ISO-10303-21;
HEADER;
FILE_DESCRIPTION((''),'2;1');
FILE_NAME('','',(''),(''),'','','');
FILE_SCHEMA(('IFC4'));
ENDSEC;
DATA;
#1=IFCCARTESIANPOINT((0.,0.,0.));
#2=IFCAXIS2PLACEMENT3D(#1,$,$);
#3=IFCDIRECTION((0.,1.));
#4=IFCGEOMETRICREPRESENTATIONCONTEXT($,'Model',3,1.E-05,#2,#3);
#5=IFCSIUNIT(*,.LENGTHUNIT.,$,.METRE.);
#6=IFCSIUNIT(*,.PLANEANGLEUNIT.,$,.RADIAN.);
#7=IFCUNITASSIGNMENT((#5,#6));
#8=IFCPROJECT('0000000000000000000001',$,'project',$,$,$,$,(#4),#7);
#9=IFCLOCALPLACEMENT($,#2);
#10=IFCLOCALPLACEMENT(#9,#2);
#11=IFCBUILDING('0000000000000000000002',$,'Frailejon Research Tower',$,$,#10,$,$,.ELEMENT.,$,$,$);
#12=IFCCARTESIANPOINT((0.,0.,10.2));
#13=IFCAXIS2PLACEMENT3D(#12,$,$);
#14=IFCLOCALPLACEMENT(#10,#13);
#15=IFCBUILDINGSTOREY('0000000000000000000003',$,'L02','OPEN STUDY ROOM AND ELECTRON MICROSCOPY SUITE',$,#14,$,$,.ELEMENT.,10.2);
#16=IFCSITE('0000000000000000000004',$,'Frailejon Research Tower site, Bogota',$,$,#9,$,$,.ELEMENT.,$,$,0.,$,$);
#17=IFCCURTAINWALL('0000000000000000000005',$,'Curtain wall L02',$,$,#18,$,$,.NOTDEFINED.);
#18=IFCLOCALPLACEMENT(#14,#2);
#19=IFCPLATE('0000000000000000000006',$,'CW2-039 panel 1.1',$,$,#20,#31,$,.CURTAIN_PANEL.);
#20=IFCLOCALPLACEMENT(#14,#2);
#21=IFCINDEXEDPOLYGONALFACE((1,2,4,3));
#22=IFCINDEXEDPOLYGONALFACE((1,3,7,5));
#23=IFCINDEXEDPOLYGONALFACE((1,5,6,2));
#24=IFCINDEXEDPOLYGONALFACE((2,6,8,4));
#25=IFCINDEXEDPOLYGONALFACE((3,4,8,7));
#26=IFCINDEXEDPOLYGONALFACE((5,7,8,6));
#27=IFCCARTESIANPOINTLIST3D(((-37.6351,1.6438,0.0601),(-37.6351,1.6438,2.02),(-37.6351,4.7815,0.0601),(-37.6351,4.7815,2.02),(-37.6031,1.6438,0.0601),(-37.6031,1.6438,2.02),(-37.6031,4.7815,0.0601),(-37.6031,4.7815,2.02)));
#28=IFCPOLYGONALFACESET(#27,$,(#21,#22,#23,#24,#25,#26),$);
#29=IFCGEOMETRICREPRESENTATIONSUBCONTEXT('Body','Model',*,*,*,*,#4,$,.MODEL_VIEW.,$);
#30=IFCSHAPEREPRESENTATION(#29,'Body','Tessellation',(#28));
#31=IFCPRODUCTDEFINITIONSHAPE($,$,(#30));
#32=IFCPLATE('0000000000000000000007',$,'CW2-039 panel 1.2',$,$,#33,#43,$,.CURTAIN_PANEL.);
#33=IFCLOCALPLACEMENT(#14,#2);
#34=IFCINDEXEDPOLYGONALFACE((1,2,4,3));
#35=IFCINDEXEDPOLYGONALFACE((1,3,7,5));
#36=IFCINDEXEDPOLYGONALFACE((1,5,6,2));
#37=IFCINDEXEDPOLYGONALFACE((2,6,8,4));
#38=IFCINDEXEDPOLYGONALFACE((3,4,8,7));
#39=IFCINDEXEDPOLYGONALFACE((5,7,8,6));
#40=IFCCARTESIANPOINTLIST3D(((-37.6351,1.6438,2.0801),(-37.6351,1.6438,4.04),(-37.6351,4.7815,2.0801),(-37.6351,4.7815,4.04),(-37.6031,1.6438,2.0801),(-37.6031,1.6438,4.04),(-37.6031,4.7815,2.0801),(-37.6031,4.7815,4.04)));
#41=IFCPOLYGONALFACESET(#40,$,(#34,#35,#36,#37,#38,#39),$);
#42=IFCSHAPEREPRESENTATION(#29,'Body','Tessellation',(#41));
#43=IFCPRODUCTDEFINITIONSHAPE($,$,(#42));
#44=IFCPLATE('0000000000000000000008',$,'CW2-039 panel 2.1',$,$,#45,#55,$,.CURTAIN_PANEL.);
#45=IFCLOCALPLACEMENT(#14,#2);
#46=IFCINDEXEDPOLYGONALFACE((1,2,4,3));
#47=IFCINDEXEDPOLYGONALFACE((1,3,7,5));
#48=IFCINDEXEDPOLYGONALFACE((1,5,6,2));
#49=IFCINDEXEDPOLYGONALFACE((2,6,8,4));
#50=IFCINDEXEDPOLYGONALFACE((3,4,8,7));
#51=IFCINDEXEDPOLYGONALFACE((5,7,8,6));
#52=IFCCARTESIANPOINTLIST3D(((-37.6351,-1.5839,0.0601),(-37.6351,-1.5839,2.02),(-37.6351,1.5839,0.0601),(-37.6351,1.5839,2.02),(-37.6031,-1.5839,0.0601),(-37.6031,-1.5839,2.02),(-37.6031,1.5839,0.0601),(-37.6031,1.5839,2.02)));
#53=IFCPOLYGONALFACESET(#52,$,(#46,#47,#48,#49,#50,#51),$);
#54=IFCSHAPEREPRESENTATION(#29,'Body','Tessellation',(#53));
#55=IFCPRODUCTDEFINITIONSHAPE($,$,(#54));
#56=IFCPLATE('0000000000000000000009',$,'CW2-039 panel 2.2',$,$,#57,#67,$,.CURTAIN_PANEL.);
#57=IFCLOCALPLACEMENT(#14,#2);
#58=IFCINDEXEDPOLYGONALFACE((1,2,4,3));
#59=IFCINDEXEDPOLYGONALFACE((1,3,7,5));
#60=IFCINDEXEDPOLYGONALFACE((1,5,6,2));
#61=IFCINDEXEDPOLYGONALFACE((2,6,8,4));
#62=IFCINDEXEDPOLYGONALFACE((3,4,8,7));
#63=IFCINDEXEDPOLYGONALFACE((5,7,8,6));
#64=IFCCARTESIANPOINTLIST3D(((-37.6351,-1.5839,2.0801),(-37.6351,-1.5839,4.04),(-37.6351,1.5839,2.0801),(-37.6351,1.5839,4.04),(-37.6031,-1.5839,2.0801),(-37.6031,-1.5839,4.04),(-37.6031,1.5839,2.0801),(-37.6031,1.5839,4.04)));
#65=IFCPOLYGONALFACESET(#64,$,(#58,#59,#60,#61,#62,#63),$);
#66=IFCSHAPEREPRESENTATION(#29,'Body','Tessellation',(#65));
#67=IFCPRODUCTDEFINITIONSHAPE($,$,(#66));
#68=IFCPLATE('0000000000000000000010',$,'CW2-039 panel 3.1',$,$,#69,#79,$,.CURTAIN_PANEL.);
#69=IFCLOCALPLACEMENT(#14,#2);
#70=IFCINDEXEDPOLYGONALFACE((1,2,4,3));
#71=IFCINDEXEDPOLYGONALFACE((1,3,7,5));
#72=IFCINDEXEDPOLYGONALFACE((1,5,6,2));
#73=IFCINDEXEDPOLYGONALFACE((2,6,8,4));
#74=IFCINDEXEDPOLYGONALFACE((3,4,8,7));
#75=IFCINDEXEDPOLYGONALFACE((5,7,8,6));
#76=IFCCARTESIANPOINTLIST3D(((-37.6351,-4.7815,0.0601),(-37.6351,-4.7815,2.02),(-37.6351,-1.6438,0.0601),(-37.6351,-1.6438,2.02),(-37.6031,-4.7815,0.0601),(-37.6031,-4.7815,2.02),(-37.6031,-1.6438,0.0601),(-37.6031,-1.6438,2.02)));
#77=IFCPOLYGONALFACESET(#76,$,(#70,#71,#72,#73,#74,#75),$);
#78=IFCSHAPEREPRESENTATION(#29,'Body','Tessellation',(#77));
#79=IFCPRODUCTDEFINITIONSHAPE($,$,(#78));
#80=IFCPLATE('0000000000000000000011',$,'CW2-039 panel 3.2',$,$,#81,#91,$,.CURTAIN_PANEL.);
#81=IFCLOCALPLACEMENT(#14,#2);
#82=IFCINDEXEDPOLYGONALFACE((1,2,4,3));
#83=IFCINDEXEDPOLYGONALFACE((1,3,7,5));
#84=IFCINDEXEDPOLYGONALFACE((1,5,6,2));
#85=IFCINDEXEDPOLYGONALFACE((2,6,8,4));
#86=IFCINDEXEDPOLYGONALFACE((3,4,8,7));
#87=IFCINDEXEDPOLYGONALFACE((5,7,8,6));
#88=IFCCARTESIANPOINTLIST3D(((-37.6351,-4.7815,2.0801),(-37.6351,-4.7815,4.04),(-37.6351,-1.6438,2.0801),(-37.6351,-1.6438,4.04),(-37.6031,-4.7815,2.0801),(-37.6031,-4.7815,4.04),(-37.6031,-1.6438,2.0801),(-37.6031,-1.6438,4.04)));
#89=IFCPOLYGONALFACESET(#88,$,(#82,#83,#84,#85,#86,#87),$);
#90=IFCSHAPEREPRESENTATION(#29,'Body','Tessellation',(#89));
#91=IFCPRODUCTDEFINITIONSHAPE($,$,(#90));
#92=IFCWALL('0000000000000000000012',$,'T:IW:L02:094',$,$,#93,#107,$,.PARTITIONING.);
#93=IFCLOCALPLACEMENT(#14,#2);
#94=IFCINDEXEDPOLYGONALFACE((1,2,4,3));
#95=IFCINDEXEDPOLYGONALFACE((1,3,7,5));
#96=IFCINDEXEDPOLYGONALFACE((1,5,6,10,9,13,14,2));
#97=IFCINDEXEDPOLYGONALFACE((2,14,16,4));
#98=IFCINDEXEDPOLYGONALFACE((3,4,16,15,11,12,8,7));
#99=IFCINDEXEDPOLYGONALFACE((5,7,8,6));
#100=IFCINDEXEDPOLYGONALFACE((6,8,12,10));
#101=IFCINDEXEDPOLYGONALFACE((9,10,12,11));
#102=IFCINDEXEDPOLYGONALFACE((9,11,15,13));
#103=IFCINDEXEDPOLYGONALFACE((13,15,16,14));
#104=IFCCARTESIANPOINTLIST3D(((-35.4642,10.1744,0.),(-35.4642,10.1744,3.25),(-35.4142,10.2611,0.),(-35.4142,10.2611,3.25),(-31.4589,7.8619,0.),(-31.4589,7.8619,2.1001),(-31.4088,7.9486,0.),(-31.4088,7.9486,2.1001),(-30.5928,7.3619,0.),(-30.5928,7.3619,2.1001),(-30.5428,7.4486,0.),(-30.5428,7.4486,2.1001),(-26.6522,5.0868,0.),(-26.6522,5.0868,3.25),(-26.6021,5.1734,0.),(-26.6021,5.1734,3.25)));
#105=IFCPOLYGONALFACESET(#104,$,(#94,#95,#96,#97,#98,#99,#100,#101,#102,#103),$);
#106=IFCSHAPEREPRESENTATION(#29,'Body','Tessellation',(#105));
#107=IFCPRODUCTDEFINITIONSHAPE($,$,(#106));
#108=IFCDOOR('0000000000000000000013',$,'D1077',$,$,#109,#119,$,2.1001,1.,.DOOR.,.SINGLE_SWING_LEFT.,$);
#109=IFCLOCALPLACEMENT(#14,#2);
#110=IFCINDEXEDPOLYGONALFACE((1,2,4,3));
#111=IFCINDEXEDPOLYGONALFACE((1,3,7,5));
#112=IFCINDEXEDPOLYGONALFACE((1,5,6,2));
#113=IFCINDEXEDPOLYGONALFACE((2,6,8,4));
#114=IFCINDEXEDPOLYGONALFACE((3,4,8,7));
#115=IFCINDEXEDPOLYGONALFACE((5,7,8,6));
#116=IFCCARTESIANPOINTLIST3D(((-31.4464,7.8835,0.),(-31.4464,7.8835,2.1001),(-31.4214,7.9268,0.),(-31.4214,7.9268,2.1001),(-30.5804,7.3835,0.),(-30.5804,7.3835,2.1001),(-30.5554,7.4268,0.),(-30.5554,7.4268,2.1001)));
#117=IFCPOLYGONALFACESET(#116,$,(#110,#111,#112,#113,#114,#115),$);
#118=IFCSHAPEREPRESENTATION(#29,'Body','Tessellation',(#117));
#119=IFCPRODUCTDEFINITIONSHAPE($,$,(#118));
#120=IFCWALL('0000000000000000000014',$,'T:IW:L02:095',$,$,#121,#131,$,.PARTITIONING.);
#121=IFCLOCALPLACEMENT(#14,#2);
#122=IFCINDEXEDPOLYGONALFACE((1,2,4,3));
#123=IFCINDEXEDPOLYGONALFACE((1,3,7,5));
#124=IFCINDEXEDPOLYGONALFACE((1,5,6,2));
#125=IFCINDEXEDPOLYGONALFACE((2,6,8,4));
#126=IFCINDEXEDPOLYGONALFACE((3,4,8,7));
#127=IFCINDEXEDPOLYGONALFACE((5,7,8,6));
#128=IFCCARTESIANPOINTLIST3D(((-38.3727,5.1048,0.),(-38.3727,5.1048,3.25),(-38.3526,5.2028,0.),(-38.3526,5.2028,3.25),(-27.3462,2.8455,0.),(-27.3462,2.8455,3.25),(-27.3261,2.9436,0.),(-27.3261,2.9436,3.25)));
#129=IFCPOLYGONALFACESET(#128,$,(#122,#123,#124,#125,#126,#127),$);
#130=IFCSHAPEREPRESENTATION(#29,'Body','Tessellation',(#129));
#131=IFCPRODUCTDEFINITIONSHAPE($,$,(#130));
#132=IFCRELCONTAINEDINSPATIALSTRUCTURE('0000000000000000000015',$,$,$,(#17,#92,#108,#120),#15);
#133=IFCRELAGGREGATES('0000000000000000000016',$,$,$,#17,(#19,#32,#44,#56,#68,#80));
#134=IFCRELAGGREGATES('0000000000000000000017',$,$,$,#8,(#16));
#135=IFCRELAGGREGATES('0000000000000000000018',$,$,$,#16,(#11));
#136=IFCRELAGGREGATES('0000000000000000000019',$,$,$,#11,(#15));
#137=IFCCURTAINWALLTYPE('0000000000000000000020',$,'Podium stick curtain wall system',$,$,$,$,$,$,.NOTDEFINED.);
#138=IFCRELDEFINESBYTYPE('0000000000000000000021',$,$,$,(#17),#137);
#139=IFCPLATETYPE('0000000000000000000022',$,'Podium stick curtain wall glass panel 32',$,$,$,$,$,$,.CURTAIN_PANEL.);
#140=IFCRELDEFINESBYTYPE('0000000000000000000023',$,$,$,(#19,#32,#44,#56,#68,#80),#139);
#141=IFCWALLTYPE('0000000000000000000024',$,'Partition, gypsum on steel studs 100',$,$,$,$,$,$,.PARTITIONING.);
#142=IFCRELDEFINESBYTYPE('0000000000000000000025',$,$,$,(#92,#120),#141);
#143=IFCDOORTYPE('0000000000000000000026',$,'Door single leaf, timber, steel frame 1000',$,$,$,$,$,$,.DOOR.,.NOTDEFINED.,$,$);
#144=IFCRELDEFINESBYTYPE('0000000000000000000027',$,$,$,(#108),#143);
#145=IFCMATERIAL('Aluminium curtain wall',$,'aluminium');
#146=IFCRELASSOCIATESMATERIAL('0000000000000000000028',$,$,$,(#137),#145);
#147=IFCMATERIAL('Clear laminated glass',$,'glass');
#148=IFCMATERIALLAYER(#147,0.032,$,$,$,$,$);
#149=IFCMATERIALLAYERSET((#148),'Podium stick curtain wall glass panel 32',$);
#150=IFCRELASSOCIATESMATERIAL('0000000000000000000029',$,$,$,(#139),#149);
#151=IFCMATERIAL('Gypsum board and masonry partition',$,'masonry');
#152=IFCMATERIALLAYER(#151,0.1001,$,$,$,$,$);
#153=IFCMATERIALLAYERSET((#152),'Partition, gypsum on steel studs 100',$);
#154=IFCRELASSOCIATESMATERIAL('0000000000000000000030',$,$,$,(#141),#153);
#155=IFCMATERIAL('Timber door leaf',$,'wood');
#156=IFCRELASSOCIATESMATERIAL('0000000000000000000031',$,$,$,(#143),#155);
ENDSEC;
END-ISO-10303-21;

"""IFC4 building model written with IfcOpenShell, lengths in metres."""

from ifc_helpers import new_model, si_unit, direction, frame, frame_2d, origin, origin_2d, place, context, subcontext, project, spatial, rectangle, extrude, material, layer, layer_set, type_object, element, fill, aggregate, save


model = new_model("IFC4")

# Units and contexts
model_context = context("Model", 3, precision=1e-05, world=origin(), true_north=direction((0.0, 1.0)))
body_context = subcontext(model_context, "Body", "Model", "MODEL_VIEW")
ifc_project = project(units=[si_unit("LENGTHUNIT", "METRE"), si_unit("PLANEANGLEUNIT", "RADIAN")], contexts=[model_context])

# Site, building, storey
site_placement = place(None, origin())
site = spatial("IfcSite", under=ifc_project, at=site_placement, Name="Frailejon Research Tower site, Bogota", CompositionType="ELEMENT", RefElevation=0.0)
building_placement = place(site_placement, origin())
building = spatial("IfcBuilding", under=site, at=building_placement, Name="Frailejon Research Tower", CompositionType="ELEMENT")
storey_placement = place(building_placement, frame((0.0, 0.0, 10.2)))
storey = spatial("IfcBuildingStorey", under=building, at=storey_placement, Name="L02", Description="OPEN STUDY ROOM AND ELECTRON MICROSCOPY SUITE", CompositionType="ELEMENT", Elevation=10.2)

# Curtain wall
ifc_material_1 = material(Name="Aluminium curtain wall", Category="aluminium")
curtain_wall_type = type_object("IfcCurtainWallType", Name="Podium stick curtain wall system", PredefinedType="NOTDEFINED", material=ifc_material_1)
curtain_wall_1_placement = place(storey_placement, origin())
curtain_wall_1 = element("IfcCurtainWall", 1, at=curtain_wall_1_placement, inside=storey, type_object=curtain_wall_type, Name="Curtain wall L02", PredefinedType="NOTDEFINED")

# Plates
ifc_material_2 = material(Name="Clear laminated glass", Category="glass")
ifc_layer_1 = layer(ifc_material_2, 0.032)
ifc_layer_set_1 = layer_set([ifc_layer_1], Name="Podium stick curtain wall glass panel 32")
plate_type = type_object("IfcPlateType", Name="Podium stick curtain wall glass panel 32", PredefinedType="CURTAIN_PANEL", material=ifc_layer_set_1)
plate_1_placement = place(storey_placement, frame((-37.6191, 3.2126, 0.0601), z_axis=(0.0, 0.0, 1.0), x_axis=(0.0, -1.0, 0.0)))
plate_1 = element("IfcPlate", 2, at=plate_1_placement, type_object=plate_type, Name="CW2-039 panel 1.1", PredefinedType="CURTAIN_PANEL", context=body_context, shape_type="SweptSolid", body=[
    extrude(rectangle(XDim=3.1377, YDim=0.032, at=origin_2d()), origin(), (0.0, 0.0, 1.0), 1.96),
])
plate_2_placement = place(storey_placement, frame((-37.6191, 3.2126, 2.0801), z_axis=(0.0, 0.0, 1.0), x_axis=(0.0, -1.0, 0.0)))
plate_2 = element("IfcPlate", 3, at=plate_2_placement, type_object=plate_type, Name="CW2-039 panel 1.2", PredefinedType="CURTAIN_PANEL", context=body_context, shape_type="SweptSolid", body=[
    extrude(rectangle(XDim=3.1377, YDim=0.032, at=origin_2d()), origin(), (0.0, 0.0, 1.0), 1.96),
])
plate_3_placement = place(storey_placement, frame((-37.6191, 0.0, 0.0601), z_axis=(0.0, 0.0, 1.0), x_axis=(0.0, -1.0, 0.0)))
plate_3 = element("IfcPlate", 4, at=plate_3_placement, type_object=plate_type, Name="CW2-039 panel 2.1", PredefinedType="CURTAIN_PANEL", context=body_context, shape_type="SweptSolid", body=[
    extrude(rectangle(XDim=3.1677, YDim=0.032, at=origin_2d()), origin(), (0.0, 0.0, 1.0), 1.96),
])
plate_4_placement = place(storey_placement, frame((-37.6191, 0.0, 2.0801), z_axis=(0.0, 0.0, 1.0), x_axis=(0.0, -1.0, 0.0)))
plate_4 = element("IfcPlate", 5, at=plate_4_placement, type_object=plate_type, Name="CW2-039 panel 2.2", PredefinedType="CURTAIN_PANEL", context=body_context, shape_type="SweptSolid", body=[
    extrude(rectangle(XDim=3.1677, YDim=0.032, at=origin_2d()), origin(), (0.0, 0.0, 1.0), 1.96),
])
plate_5_placement = place(storey_placement, frame((-37.6191, -3.2126, 0.0601), z_axis=(0.0, 0.0, 1.0), x_axis=(0.0, -1.0, 0.0)))
plate_5 = element("IfcPlate", 6, at=plate_5_placement, type_object=plate_type, Name="CW2-039 panel 3.1", PredefinedType="CURTAIN_PANEL", context=body_context, shape_type="SweptSolid", body=[
    extrude(rectangle(XDim=3.1377, YDim=0.032, at=origin_2d()), origin(), (0.0, 0.0, 1.0), 1.96),
])
plate_6_placement = place(storey_placement, frame((-37.6191, -3.2126, 2.0801), z_axis=(0.0, 0.0, 1.0), x_axis=(0.0, -1.0, 0.0)))
plate_6 = element("IfcPlate", 7, at=plate_6_placement, type_object=plate_type, Name="CW2-039 panel 3.2", PredefinedType="CURTAIN_PANEL", context=body_context, shape_type="SweptSolid", body=[
    extrude(rectangle(XDim=3.1377, YDim=0.032, at=origin_2d()), origin(), (0.0, 0.0, 1.0), 1.96),
])
aggregate(curtain_wall_1, [plate_1, plate_2, plate_3, plate_4, plate_5, plate_6])

# Wall, opening, door
ifc_material_3 = material(Name="Gypsum board and masonry partition", Category="masonry")
ifc_layer_2 = layer(ifc_material_3, 0.1001)
ifc_layer_set_2 = layer_set([ifc_layer_2], Name="Partition, gypsum on steel studs 100")
wall_type = type_object("IfcWallType", Name="Partition, gypsum on steel studs 100", PredefinedType="PARTITIONING", material=ifc_layer_set_2)
wall_1_placement = place(storey_placement, frame((-35.4392, 10.2178, 0.0), z_axis=(0.0, 0.0, 1.0), x_axis=(0.866024, -0.500002, 0.0)))
wall_1 = element("IfcWall", 8, at=wall_1_placement, inside=storey, type_object=wall_type, Name="T:IW:L02:094", PredefinedType="PARTITIONING", context=body_context, shape_type="SweptSolid", body=[
    extrude(rectangle(XDim=10.1753, YDim=0.1001, at=frame_2d((5.0876, 0.0))), origin(), (0.0, 0.0, 1.0), 3.25),
])
opening_placement = place(wall_1_placement, frame((4.625, 0.0, 0.0)))
opening = element("IfcOpeningElement", 9, at=opening_placement, cuts=wall_1, PredefinedType="OPENING", context=body_context, shape_type="SweptSolid", body=[
    extrude(rectangle(XDim=1.0, YDim=2.1001, at=frame_2d((0.5, 1.05))), frame((0.0, 0.0601, 0.0), z_axis=(0.0, -1.0, 0.0), x_axis=(1.0, 0.0, 0.0)), (0.0, 0.0, 1.0), 0.1201),
])
ifc_material_4 = material(Name="Timber door leaf", Category="wood")
door_type = type_object("IfcDoorType", Name="Door single leaf, timber, steel frame 1000", OperationType="NOTDEFINED", PredefinedType="DOOR", material=ifc_material_4)
door_placement = place(opening_placement, origin())
door = element("IfcDoor", 10, at=door_placement, inside=storey, type_object=door_type, Name="D1077", OperationType="SINGLE_SWING_LEFT", OverallHeight=2.1001, OverallWidth=1.0, PredefinedType="DOOR", context=body_context, shape_type="SweptSolid", body=[
    extrude(rectangle(XDim=1.0, YDim=2.1001, at=frame_2d((0.5, 1.05))), frame((0.0, 0.0249, 0.0), z_axis=(0.0, -1.0, 0.0), x_axis=(1.0, 0.0, 0.0)), (0.0, 0.0, 1.0), 0.05),
])
fill(opening, door)

# Wall
wall_2_placement = place(storey_placement, frame((-38.3628, 5.1538, 0.0), z_axis=(0.0, 0.0, 1.0), x_axis=(0.979648, -0.200723, 0.0)))
element("IfcWall", 11, at=wall_2_placement, inside=storey, type_object=wall_type, Name="T:IW:L02:095", PredefinedType="PARTITIONING", context=body_context, shape_type="SweptSolid", body=[
    extrude(rectangle(XDim=11.2556, YDim=0.1001, at=frame_2d((5.6279, 0.0))), origin(), (0.0, 0.0, 1.0), 3.25),
])

save(model, "model.ifc")
